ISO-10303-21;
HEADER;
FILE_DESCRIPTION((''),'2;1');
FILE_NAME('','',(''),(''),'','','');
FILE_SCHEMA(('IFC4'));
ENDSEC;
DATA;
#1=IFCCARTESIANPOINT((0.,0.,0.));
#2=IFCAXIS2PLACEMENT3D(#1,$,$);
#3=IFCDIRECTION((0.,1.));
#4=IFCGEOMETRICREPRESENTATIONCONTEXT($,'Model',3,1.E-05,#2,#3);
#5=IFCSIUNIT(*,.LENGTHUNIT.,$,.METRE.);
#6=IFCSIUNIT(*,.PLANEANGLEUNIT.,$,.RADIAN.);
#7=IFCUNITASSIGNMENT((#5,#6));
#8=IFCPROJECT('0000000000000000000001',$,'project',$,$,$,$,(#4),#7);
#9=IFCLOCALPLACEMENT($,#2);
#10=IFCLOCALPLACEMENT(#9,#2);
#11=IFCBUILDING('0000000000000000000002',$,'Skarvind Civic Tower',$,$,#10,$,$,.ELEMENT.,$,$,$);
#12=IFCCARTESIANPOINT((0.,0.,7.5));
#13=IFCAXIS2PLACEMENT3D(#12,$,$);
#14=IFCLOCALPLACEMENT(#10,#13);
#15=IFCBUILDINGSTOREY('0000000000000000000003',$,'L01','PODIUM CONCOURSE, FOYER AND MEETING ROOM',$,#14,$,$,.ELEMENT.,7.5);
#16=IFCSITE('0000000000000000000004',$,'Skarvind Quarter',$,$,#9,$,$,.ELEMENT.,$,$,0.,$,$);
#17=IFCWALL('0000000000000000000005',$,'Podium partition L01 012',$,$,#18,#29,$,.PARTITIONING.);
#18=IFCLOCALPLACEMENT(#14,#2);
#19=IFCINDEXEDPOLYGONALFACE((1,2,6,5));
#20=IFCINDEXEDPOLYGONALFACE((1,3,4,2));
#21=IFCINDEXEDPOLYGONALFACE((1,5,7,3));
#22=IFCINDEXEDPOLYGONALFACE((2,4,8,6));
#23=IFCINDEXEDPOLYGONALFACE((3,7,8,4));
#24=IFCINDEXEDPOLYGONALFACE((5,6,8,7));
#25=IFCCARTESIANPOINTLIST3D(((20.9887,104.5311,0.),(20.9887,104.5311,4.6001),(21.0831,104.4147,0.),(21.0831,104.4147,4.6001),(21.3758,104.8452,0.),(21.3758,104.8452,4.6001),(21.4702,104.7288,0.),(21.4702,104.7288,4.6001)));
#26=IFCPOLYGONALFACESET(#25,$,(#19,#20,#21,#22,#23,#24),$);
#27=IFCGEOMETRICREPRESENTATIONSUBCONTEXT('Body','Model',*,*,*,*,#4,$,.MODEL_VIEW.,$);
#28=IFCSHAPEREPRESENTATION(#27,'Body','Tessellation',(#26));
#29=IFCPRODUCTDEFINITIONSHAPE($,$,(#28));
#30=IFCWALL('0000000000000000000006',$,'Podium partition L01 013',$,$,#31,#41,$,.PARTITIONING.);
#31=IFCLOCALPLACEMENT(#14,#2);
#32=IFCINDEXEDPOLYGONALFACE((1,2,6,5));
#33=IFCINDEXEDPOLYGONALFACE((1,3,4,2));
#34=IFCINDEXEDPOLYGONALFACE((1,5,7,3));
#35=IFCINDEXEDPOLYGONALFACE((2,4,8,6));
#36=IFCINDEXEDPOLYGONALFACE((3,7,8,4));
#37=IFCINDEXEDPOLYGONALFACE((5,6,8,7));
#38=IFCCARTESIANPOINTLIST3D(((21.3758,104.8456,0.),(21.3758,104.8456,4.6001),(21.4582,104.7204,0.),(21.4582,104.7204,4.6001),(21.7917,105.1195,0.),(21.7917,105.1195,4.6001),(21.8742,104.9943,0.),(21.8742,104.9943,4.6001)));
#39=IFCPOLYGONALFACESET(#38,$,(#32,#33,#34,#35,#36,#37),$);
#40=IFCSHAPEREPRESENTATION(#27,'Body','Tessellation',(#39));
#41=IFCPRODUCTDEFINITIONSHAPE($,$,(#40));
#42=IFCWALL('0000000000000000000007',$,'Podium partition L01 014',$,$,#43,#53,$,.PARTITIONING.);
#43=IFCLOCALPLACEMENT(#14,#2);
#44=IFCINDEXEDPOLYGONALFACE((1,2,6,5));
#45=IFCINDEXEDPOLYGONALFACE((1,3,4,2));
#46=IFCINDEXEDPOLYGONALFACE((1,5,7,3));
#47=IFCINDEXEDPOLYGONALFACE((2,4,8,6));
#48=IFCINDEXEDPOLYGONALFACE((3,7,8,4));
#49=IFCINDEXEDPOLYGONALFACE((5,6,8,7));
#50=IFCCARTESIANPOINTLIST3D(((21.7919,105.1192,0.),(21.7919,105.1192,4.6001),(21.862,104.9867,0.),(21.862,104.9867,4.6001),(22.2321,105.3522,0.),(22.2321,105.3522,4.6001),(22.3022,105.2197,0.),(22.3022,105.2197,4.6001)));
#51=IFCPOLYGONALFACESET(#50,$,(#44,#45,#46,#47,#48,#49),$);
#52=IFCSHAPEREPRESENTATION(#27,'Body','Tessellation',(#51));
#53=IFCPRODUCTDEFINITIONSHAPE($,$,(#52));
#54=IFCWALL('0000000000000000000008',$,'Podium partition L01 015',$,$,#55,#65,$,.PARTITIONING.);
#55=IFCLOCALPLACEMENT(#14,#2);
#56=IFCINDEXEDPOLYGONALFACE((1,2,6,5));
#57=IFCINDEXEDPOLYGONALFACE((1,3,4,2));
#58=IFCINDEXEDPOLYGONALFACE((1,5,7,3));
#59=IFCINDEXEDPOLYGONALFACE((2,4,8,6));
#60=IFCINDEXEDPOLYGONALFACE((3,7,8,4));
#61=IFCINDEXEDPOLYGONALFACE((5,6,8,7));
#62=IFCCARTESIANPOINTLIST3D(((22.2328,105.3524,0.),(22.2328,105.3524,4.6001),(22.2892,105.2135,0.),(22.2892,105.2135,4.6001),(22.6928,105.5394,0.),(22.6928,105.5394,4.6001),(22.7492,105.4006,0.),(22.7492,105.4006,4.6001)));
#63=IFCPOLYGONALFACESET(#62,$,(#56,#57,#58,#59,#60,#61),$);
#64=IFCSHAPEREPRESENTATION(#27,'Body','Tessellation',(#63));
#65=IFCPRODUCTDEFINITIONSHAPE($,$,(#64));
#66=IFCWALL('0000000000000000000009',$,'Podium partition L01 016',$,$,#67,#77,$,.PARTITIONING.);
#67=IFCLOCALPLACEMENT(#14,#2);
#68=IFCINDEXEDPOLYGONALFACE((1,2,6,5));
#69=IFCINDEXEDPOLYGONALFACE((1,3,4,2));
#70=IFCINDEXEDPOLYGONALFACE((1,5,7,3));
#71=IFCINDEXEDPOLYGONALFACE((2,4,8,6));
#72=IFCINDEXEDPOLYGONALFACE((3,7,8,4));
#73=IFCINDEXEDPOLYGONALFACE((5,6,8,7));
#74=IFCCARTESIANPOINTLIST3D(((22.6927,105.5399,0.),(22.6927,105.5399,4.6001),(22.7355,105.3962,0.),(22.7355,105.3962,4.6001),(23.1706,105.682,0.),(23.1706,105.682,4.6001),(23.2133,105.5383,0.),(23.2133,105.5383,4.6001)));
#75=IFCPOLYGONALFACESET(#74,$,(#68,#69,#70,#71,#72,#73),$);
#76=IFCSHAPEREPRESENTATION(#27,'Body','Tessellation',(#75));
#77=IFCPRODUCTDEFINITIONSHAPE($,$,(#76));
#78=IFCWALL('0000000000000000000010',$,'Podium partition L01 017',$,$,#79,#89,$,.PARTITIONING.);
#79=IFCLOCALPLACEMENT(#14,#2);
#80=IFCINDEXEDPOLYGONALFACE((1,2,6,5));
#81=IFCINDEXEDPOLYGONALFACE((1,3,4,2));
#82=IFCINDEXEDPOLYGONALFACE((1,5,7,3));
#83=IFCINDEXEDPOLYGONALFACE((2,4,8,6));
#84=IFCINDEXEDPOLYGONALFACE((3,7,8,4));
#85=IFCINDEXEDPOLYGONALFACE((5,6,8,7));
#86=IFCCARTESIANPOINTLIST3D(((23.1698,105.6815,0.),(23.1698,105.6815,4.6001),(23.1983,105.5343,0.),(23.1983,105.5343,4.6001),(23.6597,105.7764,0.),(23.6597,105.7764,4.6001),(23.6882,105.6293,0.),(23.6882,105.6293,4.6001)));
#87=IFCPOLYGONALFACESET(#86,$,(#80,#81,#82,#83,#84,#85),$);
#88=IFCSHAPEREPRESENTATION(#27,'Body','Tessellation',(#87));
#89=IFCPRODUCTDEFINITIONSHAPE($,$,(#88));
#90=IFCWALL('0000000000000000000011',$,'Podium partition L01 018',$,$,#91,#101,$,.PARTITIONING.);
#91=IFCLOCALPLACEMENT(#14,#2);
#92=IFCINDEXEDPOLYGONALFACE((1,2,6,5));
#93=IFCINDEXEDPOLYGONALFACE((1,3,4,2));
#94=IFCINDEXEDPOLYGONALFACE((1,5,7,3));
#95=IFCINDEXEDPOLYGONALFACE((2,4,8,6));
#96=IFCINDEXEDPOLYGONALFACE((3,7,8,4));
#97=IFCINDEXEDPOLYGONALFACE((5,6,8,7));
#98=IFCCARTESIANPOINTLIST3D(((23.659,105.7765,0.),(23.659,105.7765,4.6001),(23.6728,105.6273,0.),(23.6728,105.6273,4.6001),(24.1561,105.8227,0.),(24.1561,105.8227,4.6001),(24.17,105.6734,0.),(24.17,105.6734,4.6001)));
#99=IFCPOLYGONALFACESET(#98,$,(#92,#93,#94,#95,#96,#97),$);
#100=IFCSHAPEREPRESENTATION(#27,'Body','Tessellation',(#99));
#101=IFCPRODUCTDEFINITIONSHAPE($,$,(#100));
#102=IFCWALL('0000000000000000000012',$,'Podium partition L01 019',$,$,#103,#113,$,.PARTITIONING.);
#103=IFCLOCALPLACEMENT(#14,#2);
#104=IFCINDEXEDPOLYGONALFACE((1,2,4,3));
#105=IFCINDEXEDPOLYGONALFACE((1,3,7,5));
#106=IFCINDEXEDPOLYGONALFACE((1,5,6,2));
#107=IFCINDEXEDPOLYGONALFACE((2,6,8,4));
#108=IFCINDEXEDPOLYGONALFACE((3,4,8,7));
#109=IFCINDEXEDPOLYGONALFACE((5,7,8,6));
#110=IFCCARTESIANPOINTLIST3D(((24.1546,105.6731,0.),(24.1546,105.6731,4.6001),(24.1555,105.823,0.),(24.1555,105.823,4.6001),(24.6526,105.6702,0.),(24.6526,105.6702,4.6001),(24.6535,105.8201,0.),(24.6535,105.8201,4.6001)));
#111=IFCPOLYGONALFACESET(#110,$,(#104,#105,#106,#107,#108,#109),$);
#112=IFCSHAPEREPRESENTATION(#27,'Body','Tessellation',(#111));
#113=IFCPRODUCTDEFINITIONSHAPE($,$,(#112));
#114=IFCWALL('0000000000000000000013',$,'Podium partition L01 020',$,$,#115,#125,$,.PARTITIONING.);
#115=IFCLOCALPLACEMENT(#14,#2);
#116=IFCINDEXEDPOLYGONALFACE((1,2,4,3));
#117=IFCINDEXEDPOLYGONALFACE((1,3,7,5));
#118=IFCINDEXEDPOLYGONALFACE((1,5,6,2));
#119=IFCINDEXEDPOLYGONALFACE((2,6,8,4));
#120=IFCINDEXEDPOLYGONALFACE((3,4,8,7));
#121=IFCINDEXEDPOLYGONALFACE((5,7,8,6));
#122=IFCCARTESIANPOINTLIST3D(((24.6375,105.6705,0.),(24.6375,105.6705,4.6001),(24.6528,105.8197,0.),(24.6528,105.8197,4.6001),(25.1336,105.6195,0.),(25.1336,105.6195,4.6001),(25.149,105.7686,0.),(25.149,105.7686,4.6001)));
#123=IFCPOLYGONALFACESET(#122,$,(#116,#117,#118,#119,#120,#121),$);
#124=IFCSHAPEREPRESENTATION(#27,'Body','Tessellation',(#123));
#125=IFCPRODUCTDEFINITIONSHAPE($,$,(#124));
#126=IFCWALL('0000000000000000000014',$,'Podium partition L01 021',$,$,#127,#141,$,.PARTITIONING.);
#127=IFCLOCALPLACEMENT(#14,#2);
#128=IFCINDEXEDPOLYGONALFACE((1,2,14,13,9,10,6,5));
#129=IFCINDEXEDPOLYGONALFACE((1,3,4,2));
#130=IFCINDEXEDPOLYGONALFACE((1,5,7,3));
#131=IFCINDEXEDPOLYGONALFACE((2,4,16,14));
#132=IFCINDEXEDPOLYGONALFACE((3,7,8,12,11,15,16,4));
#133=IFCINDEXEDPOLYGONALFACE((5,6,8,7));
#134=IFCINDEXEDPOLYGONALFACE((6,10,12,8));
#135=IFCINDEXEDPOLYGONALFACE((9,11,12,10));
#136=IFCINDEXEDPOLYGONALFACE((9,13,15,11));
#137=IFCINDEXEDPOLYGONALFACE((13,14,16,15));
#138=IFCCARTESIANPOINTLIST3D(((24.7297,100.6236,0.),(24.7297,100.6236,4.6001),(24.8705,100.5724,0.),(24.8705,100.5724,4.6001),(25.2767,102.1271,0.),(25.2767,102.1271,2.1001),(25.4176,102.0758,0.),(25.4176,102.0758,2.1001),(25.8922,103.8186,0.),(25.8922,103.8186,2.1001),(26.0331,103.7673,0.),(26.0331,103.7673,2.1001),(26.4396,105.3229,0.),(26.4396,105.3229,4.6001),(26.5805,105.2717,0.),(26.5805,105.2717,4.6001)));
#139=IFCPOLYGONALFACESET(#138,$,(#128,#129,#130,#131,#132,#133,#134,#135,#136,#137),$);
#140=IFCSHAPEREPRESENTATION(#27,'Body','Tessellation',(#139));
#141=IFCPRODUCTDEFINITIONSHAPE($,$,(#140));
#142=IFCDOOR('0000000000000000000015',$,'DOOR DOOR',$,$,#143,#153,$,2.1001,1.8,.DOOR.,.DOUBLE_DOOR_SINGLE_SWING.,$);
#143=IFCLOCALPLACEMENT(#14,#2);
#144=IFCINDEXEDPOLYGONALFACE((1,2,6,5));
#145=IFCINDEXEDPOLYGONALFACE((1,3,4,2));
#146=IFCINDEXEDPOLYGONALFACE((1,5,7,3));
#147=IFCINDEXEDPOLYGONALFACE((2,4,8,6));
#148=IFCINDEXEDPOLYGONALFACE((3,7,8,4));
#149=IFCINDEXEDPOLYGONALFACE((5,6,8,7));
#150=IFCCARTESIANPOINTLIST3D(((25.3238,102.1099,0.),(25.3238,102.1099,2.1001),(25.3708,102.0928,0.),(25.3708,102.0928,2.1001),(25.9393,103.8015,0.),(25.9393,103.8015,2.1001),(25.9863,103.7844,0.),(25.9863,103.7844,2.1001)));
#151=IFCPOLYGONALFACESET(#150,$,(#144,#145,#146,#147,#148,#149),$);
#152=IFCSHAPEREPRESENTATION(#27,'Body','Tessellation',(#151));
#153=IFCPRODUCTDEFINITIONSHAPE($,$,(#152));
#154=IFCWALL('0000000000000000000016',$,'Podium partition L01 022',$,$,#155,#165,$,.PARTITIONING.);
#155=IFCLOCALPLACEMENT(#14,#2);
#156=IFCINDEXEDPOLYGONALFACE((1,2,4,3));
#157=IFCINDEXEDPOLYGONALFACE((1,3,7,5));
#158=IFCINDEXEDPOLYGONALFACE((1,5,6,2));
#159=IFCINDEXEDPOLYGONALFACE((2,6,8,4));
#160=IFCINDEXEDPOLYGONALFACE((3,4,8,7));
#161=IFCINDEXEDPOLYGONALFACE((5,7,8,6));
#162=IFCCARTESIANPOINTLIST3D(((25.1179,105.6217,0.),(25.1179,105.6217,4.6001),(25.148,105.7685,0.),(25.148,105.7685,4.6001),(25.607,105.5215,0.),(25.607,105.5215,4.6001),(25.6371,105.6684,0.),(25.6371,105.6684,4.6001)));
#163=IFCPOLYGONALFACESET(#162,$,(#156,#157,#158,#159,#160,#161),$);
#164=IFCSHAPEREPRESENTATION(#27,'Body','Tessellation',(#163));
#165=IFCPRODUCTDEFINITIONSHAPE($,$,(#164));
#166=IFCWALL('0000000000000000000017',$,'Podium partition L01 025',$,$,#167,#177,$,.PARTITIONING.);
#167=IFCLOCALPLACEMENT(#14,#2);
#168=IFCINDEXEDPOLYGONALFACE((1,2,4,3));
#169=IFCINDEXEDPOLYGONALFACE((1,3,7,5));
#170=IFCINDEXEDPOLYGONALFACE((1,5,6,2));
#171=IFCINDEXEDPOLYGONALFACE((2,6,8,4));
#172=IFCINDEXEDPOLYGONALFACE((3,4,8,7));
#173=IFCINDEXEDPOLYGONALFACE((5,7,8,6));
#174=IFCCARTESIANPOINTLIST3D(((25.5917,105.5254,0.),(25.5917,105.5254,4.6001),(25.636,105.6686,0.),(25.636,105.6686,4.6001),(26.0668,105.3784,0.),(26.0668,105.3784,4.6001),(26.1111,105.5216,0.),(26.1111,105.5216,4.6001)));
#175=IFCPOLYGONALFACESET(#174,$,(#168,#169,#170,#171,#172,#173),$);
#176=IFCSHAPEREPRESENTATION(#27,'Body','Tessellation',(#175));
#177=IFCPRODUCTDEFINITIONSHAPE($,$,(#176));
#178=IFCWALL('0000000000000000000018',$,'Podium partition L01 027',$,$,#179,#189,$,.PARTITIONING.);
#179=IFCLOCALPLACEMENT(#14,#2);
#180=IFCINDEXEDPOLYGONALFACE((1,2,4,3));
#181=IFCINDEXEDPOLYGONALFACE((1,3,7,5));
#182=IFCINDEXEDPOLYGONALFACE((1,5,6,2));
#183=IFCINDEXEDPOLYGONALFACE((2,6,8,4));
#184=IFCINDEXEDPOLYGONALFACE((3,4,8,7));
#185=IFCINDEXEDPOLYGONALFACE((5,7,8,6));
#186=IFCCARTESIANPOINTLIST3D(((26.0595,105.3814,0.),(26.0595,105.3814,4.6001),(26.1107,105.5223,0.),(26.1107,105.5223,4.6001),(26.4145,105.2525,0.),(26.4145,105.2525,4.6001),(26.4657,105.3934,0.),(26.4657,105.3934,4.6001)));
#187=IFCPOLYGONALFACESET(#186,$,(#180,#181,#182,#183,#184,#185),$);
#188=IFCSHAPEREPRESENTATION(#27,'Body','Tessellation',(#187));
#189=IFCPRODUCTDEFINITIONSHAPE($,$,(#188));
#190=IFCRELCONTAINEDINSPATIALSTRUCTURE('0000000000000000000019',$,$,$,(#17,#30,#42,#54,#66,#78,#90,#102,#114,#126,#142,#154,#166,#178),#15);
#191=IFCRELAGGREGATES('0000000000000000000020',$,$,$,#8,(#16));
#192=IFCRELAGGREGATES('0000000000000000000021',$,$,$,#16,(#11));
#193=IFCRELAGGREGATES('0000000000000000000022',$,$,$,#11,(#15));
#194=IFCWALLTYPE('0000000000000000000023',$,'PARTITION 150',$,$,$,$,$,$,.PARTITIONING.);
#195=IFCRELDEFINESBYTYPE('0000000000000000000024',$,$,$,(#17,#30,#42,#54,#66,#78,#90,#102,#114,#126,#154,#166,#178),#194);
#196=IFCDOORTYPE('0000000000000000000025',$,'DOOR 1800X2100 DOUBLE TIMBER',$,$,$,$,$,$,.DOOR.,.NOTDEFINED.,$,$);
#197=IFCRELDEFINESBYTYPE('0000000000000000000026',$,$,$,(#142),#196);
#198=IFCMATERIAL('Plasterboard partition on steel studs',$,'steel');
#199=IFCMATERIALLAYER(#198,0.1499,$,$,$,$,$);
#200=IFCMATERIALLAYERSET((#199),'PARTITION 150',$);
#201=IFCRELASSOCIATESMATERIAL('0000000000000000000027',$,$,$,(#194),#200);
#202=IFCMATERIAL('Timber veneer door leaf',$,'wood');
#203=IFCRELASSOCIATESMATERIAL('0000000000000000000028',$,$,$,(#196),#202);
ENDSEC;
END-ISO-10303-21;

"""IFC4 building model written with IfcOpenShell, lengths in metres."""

from ifc_helpers import new_model, si_unit, direction, frame, frame_2d, origin, place, context, subcontext, project, spatial, rectangle, extrude, material, layer, layer_set, type_object, element, fill, save


model = new_model("IFC4")

# Units and contexts
model_context = context("Model", 3, precision=1e-05, world=origin(), true_north=direction((0.0, 1.0)))
body_context = subcontext(model_context, "Body", "Model", "MODEL_VIEW")
ifc_project = project(units=[si_unit("LENGTHUNIT", "METRE"), si_unit("PLANEANGLEUNIT", "RADIAN")], contexts=[model_context])

# Site, building, storey
site_placement = place(None, origin())
site = spatial("IfcSite", under=ifc_project, at=site_placement, Name="Skarvind Quarter", CompositionType="ELEMENT", RefElevation=0.0)
building_placement = place(site_placement, origin())
building = spatial("IfcBuilding", under=site, at=building_placement, Name="Skarvind Civic Tower", CompositionType="ELEMENT")
storey_placement = place(building_placement, frame((0.0, 0.0, 7.5)))
storey = spatial("IfcBuildingStorey", under=building, at=storey_placement, Name="L01", Description="PODIUM CONCOURSE, FOYER AND MEETING ROOM", CompositionType="ELEMENT", Elevation=7.5)

# Walls
ifc_material_1 = material(Name="Plasterboard partition on steel studs", Category="steel")
ifc_layer_1 = layer(ifc_material_1, 0.1499)
ifc_layer_set_1 = layer_set([ifc_layer_1], Name="PARTITION 150")
wall_type_1 = type_object("IfcWallType", Name="PARTITION 150", PredefinedType="PARTITIONING", material=ifc_layer_set_1)
wall_1_placement = place(storey_placement, frame((21.0359, 104.4729, 0.0), z_axis=(0.0, 0.0, 1.0), x_axis=(0.776503, 0.630113, 0.0)))
element("IfcWall", 1, at=wall_1_placement, inside=storey, type_object=wall_type_1, Name="Podium partition L01 012", PredefinedType="PARTITIONING", context=body_context, shape_type="SweptSolid", body=[
    extrude(rectangle(XDim=0.4985, YDim=0.1499, at=frame_2d((0.2493, 0.0))), origin(), (0.0, 0.0, 1.0), 4.6001),
])
for number, where, z_axis, x_axis, name in (
    (2, (21.417, 104.783, 0.0), (0.0, 0.0, 1.0), (0.835204, 0.549941, 0.0), "Podium partition L01 013"),
    (3, (21.8269, 105.053, 0.0), (0.0, 0.0, 1.0), (0.883895, 0.467685, 0.0), "Podium partition L01 014"),
):
    element("IfcWall", number, at=place(storey_placement, frame(where, z_axis=z_axis, x_axis=x_axis)), inside=storey, type_object=wall_type_1, Name=name, PredefinedType="PARTITIONING", context=body_context, shape_type="SweptSolid", body=[
        extrude(rectangle(XDim=0.498, YDim=0.1499, at=frame_2d((0.249, 0.0))), origin(), (0.0, 0.0, 1.0), 4.6001),
    ])
wall_2_placement = place(storey_placement, frame((22.261, 105.283, 0.0), z_axis=(0.0, 0.0, 1.0), x_axis=(0.926359, 0.376641, 0.0)))
element("IfcWall", 4, at=wall_2_placement, inside=storey, type_object=wall_type_1, Name="Podium partition L01 015", PredefinedType="PARTITIONING", context=body_context, shape_type="SweptSolid", body=[
    extrude(rectangle(XDim=0.4966, YDim=0.1499, at=frame_2d((0.2483, 0.0))), origin(), (0.0, 0.0, 1.0), 4.6001),
])
wall_3_placement = place(storey_placement, frame((22.7141, 105.468, 0.0), z_axis=(0.0, 0.0, 1.0), x_axis=(0.958511, 0.285055, 0.0)))
element("IfcWall", 5, at=wall_3_placement, inside=storey, type_object=wall_type_1, Name="Podium partition L01 016", PredefinedType="PARTITIONING", context=body_context, shape_type="SweptSolid", body=[
    extrude(rectangle(XDim=0.4985, YDim=0.1499, at=frame_2d((0.2493, 0.0))), origin(), (0.0, 0.0, 1.0), 4.6001),
])
wall_4_placement = place(storey_placement, frame((23.1841, 105.6079, 0.0), z_axis=(0.0, 0.0, 1.0), x_axis=(0.98173, 0.19028, 0.0)))
element("IfcWall", 6, at=wall_4_placement, inside=storey, type_object=wall_type_1, Name="Podium partition L01 017", PredefinedType="PARTITIONING", context=body_context, shape_type="SweptSolid", body=[
    extrude(rectangle(XDim=0.499, YDim=0.1499, at=frame_2d((0.2495, 0.0))), origin(), (0.0, 0.0, 1.0), 4.6001),
])
wall_5_placement = place(storey_placement, frame((23.666, 105.7019, 0.0), z_axis=(0.0, 0.0, 1.0), x_axis=(0.995719, 0.092432, 0.0)))
element("IfcWall", 7, at=wall_5_placement, inside=storey, type_object=wall_type_1, Name="Podium partition L01 018", PredefinedType="PARTITIONING", context=body_context, shape_type="SweptSolid", body=[
    extrude(rectangle(XDim=0.4993, YDim=0.1499, at=frame_2d((0.2495, 0.0))), origin(), (0.0, 0.0, 1.0), 4.6001),
])
wall_6_placement = place(storey_placement, frame((24.155, 105.748, 0.0), z_axis=(0.0, 0.0, 1.0), x_axis=(0.999983, -0.005882, 0.0)))
element("IfcWall", 8, at=wall_6_placement, inside=storey, type_object=wall_type_1, Name="Podium partition L01 019", PredefinedType="PARTITIONING", context=body_context, shape_type="SweptSolid", body=[
    extrude(rectangle(XDim=0.498, YDim=0.1499, at=frame_2d((0.249, 0.0))), origin(), (0.0, 0.0, 1.0), 4.6001),
])
wall_7_placement = place(storey_placement, frame((24.645, 105.7451, 0.0), z_axis=(0.0, 0.0, 1.0), x_axis=(0.994752, -0.102315, 0.0)))
element("IfcWall", 9, at=wall_7_placement, inside=storey, type_object=wall_type_1, Name="Podium partition L01 020", PredefinedType="PARTITIONING", context=body_context, shape_type="SweptSolid", body=[
    extrude(rectangle(XDim=0.4988, YDim=0.1499, at=frame_2d((0.2495, 0.0))), origin(), (0.0, 0.0, 1.0), 4.6001),
])

# Wall, opening, door
wall_8_placement = place(storey_placement, frame((24.8, 100.5979, 0.0), z_axis=(0.0, 0.0, 1.0), x_axis=(0.341947, 0.939719, 0.0)))
wall_8 = element("IfcWall", 10, at=wall_8_placement, inside=storey, type_object=wall_type_1, Name="Podium partition L01 021", PredefinedType="PARTITIONING", context=body_context, shape_type="SweptSolid", body=[
    extrude(rectangle(XDim=5.0007, YDim=0.1499, at=frame_2d((2.5005, 0.0))), origin(), (0.0, 0.0, 1.0), 4.6001),
])
opening_1_placement = place(wall_8_placement, frame((1.6001, 0.0, 0.0)))
opening_1 = element("IfcOpeningElement", 11, at=opening_1_placement, cuts=wall_8, PredefinedType="OPENING", context=body_context, shape_type="SweptSolid", body=[
    extrude(rectangle(XDim=1.8, YDim=2.1001, at=frame_2d((0.8999, 1.05))), frame((0.0, 0.085, 0.0), z_axis=(0.0, -1.0, 0.0), x_axis=(1.0, 0.0, 0.0)), (0.0, 0.0, 1.0), 0.1699),
])
ifc_material_2 = material(Name="Timber veneer door leaf", Category="wood")
door_type_1 = type_object("IfcDoorType", Name="DOOR 1800X2100 DOUBLE TIMBER", OperationType="NOTDEFINED", PredefinedType="DOOR", material=ifc_material_2)
door_1_placement = place(opening_1_placement, origin())
door_1 = element("IfcDoor", 12, at=door_1_placement, inside=storey, type_object=door_type_1, Name="DOOR DOOR", OperationType="DOUBLE_DOOR_SINGLE_SWING", OverallHeight=2.1001, OverallWidth=1.8, PredefinedType="DOOR", context=body_context, shape_type="SweptSolid", body=[
    extrude(rectangle(XDim=1.8, YDim=2.1001, at=frame_2d((0.8999, 1.05))), frame((0.0, 0.0249, 0.0), z_axis=(0.0, -1.0, 0.0), x_axis=(1.0, 0.0, 0.0)), (0.0, 0.0, 1.0), 0.05),
])
fill(opening_1, door_1)

# Walls
wall_9_placement = place(storey_placement, frame((25.1331, 105.6951, 0.0), z_axis=(0.0, 0.0, 1.0), x_axis=(0.979687, -0.200535, 0.0)))
element("IfcWall", 13, at=wall_9_placement, inside=storey, type_object=wall_type_1, Name="Podium partition L01 022", PredefinedType="PARTITIONING", context=body_context, shape_type="SweptSolid", body=[
    extrude(rectangle(XDim=0.4993, YDim=0.1499, at=frame_2d((0.2495, 0.0))), origin(), (0.0, 0.0, 1.0), 4.6001),
])
wall_10_placement = place(storey_placement, frame((25.614, 105.5969, 0.0), z_axis=(0.0, 0.0, 1.0), x_axis=(0.955332, -0.295534, 0.0)))
element("IfcWall", 14, at=wall_10_placement, inside=storey, type_object=wall_type_1, Name="Podium partition L01 025", PredefinedType="PARTITIONING", context=body_context, shape_type="SweptSolid", body=[
    extrude(rectangle(XDim=0.4973, YDim=0.1499, at=frame_2d((0.2485, 0.0))), origin(), (0.0, 0.0, 1.0), 4.6001),
])
wall_11_placement = place(storey_placement, frame((26.085, 105.4519, 0.0), z_axis=(0.0, 0.0, 1.0), x_axis=(0.939944, -0.341328, 0.0)))
element("IfcWall", 15, at=wall_11_placement, inside=storey, type_object=wall_type_1, Name="Podium partition L01 027", PredefinedType="PARTITIONING", context=body_context, shape_type="SweptSolid", body=[
    extrude(rectangle(XDim=0.3777, YDim=0.1499, at=frame_2d((0.189, 0.0))), origin(), (0.0, 0.0, 1.0), 4.6001),
])

save(model, "model.ifc")
